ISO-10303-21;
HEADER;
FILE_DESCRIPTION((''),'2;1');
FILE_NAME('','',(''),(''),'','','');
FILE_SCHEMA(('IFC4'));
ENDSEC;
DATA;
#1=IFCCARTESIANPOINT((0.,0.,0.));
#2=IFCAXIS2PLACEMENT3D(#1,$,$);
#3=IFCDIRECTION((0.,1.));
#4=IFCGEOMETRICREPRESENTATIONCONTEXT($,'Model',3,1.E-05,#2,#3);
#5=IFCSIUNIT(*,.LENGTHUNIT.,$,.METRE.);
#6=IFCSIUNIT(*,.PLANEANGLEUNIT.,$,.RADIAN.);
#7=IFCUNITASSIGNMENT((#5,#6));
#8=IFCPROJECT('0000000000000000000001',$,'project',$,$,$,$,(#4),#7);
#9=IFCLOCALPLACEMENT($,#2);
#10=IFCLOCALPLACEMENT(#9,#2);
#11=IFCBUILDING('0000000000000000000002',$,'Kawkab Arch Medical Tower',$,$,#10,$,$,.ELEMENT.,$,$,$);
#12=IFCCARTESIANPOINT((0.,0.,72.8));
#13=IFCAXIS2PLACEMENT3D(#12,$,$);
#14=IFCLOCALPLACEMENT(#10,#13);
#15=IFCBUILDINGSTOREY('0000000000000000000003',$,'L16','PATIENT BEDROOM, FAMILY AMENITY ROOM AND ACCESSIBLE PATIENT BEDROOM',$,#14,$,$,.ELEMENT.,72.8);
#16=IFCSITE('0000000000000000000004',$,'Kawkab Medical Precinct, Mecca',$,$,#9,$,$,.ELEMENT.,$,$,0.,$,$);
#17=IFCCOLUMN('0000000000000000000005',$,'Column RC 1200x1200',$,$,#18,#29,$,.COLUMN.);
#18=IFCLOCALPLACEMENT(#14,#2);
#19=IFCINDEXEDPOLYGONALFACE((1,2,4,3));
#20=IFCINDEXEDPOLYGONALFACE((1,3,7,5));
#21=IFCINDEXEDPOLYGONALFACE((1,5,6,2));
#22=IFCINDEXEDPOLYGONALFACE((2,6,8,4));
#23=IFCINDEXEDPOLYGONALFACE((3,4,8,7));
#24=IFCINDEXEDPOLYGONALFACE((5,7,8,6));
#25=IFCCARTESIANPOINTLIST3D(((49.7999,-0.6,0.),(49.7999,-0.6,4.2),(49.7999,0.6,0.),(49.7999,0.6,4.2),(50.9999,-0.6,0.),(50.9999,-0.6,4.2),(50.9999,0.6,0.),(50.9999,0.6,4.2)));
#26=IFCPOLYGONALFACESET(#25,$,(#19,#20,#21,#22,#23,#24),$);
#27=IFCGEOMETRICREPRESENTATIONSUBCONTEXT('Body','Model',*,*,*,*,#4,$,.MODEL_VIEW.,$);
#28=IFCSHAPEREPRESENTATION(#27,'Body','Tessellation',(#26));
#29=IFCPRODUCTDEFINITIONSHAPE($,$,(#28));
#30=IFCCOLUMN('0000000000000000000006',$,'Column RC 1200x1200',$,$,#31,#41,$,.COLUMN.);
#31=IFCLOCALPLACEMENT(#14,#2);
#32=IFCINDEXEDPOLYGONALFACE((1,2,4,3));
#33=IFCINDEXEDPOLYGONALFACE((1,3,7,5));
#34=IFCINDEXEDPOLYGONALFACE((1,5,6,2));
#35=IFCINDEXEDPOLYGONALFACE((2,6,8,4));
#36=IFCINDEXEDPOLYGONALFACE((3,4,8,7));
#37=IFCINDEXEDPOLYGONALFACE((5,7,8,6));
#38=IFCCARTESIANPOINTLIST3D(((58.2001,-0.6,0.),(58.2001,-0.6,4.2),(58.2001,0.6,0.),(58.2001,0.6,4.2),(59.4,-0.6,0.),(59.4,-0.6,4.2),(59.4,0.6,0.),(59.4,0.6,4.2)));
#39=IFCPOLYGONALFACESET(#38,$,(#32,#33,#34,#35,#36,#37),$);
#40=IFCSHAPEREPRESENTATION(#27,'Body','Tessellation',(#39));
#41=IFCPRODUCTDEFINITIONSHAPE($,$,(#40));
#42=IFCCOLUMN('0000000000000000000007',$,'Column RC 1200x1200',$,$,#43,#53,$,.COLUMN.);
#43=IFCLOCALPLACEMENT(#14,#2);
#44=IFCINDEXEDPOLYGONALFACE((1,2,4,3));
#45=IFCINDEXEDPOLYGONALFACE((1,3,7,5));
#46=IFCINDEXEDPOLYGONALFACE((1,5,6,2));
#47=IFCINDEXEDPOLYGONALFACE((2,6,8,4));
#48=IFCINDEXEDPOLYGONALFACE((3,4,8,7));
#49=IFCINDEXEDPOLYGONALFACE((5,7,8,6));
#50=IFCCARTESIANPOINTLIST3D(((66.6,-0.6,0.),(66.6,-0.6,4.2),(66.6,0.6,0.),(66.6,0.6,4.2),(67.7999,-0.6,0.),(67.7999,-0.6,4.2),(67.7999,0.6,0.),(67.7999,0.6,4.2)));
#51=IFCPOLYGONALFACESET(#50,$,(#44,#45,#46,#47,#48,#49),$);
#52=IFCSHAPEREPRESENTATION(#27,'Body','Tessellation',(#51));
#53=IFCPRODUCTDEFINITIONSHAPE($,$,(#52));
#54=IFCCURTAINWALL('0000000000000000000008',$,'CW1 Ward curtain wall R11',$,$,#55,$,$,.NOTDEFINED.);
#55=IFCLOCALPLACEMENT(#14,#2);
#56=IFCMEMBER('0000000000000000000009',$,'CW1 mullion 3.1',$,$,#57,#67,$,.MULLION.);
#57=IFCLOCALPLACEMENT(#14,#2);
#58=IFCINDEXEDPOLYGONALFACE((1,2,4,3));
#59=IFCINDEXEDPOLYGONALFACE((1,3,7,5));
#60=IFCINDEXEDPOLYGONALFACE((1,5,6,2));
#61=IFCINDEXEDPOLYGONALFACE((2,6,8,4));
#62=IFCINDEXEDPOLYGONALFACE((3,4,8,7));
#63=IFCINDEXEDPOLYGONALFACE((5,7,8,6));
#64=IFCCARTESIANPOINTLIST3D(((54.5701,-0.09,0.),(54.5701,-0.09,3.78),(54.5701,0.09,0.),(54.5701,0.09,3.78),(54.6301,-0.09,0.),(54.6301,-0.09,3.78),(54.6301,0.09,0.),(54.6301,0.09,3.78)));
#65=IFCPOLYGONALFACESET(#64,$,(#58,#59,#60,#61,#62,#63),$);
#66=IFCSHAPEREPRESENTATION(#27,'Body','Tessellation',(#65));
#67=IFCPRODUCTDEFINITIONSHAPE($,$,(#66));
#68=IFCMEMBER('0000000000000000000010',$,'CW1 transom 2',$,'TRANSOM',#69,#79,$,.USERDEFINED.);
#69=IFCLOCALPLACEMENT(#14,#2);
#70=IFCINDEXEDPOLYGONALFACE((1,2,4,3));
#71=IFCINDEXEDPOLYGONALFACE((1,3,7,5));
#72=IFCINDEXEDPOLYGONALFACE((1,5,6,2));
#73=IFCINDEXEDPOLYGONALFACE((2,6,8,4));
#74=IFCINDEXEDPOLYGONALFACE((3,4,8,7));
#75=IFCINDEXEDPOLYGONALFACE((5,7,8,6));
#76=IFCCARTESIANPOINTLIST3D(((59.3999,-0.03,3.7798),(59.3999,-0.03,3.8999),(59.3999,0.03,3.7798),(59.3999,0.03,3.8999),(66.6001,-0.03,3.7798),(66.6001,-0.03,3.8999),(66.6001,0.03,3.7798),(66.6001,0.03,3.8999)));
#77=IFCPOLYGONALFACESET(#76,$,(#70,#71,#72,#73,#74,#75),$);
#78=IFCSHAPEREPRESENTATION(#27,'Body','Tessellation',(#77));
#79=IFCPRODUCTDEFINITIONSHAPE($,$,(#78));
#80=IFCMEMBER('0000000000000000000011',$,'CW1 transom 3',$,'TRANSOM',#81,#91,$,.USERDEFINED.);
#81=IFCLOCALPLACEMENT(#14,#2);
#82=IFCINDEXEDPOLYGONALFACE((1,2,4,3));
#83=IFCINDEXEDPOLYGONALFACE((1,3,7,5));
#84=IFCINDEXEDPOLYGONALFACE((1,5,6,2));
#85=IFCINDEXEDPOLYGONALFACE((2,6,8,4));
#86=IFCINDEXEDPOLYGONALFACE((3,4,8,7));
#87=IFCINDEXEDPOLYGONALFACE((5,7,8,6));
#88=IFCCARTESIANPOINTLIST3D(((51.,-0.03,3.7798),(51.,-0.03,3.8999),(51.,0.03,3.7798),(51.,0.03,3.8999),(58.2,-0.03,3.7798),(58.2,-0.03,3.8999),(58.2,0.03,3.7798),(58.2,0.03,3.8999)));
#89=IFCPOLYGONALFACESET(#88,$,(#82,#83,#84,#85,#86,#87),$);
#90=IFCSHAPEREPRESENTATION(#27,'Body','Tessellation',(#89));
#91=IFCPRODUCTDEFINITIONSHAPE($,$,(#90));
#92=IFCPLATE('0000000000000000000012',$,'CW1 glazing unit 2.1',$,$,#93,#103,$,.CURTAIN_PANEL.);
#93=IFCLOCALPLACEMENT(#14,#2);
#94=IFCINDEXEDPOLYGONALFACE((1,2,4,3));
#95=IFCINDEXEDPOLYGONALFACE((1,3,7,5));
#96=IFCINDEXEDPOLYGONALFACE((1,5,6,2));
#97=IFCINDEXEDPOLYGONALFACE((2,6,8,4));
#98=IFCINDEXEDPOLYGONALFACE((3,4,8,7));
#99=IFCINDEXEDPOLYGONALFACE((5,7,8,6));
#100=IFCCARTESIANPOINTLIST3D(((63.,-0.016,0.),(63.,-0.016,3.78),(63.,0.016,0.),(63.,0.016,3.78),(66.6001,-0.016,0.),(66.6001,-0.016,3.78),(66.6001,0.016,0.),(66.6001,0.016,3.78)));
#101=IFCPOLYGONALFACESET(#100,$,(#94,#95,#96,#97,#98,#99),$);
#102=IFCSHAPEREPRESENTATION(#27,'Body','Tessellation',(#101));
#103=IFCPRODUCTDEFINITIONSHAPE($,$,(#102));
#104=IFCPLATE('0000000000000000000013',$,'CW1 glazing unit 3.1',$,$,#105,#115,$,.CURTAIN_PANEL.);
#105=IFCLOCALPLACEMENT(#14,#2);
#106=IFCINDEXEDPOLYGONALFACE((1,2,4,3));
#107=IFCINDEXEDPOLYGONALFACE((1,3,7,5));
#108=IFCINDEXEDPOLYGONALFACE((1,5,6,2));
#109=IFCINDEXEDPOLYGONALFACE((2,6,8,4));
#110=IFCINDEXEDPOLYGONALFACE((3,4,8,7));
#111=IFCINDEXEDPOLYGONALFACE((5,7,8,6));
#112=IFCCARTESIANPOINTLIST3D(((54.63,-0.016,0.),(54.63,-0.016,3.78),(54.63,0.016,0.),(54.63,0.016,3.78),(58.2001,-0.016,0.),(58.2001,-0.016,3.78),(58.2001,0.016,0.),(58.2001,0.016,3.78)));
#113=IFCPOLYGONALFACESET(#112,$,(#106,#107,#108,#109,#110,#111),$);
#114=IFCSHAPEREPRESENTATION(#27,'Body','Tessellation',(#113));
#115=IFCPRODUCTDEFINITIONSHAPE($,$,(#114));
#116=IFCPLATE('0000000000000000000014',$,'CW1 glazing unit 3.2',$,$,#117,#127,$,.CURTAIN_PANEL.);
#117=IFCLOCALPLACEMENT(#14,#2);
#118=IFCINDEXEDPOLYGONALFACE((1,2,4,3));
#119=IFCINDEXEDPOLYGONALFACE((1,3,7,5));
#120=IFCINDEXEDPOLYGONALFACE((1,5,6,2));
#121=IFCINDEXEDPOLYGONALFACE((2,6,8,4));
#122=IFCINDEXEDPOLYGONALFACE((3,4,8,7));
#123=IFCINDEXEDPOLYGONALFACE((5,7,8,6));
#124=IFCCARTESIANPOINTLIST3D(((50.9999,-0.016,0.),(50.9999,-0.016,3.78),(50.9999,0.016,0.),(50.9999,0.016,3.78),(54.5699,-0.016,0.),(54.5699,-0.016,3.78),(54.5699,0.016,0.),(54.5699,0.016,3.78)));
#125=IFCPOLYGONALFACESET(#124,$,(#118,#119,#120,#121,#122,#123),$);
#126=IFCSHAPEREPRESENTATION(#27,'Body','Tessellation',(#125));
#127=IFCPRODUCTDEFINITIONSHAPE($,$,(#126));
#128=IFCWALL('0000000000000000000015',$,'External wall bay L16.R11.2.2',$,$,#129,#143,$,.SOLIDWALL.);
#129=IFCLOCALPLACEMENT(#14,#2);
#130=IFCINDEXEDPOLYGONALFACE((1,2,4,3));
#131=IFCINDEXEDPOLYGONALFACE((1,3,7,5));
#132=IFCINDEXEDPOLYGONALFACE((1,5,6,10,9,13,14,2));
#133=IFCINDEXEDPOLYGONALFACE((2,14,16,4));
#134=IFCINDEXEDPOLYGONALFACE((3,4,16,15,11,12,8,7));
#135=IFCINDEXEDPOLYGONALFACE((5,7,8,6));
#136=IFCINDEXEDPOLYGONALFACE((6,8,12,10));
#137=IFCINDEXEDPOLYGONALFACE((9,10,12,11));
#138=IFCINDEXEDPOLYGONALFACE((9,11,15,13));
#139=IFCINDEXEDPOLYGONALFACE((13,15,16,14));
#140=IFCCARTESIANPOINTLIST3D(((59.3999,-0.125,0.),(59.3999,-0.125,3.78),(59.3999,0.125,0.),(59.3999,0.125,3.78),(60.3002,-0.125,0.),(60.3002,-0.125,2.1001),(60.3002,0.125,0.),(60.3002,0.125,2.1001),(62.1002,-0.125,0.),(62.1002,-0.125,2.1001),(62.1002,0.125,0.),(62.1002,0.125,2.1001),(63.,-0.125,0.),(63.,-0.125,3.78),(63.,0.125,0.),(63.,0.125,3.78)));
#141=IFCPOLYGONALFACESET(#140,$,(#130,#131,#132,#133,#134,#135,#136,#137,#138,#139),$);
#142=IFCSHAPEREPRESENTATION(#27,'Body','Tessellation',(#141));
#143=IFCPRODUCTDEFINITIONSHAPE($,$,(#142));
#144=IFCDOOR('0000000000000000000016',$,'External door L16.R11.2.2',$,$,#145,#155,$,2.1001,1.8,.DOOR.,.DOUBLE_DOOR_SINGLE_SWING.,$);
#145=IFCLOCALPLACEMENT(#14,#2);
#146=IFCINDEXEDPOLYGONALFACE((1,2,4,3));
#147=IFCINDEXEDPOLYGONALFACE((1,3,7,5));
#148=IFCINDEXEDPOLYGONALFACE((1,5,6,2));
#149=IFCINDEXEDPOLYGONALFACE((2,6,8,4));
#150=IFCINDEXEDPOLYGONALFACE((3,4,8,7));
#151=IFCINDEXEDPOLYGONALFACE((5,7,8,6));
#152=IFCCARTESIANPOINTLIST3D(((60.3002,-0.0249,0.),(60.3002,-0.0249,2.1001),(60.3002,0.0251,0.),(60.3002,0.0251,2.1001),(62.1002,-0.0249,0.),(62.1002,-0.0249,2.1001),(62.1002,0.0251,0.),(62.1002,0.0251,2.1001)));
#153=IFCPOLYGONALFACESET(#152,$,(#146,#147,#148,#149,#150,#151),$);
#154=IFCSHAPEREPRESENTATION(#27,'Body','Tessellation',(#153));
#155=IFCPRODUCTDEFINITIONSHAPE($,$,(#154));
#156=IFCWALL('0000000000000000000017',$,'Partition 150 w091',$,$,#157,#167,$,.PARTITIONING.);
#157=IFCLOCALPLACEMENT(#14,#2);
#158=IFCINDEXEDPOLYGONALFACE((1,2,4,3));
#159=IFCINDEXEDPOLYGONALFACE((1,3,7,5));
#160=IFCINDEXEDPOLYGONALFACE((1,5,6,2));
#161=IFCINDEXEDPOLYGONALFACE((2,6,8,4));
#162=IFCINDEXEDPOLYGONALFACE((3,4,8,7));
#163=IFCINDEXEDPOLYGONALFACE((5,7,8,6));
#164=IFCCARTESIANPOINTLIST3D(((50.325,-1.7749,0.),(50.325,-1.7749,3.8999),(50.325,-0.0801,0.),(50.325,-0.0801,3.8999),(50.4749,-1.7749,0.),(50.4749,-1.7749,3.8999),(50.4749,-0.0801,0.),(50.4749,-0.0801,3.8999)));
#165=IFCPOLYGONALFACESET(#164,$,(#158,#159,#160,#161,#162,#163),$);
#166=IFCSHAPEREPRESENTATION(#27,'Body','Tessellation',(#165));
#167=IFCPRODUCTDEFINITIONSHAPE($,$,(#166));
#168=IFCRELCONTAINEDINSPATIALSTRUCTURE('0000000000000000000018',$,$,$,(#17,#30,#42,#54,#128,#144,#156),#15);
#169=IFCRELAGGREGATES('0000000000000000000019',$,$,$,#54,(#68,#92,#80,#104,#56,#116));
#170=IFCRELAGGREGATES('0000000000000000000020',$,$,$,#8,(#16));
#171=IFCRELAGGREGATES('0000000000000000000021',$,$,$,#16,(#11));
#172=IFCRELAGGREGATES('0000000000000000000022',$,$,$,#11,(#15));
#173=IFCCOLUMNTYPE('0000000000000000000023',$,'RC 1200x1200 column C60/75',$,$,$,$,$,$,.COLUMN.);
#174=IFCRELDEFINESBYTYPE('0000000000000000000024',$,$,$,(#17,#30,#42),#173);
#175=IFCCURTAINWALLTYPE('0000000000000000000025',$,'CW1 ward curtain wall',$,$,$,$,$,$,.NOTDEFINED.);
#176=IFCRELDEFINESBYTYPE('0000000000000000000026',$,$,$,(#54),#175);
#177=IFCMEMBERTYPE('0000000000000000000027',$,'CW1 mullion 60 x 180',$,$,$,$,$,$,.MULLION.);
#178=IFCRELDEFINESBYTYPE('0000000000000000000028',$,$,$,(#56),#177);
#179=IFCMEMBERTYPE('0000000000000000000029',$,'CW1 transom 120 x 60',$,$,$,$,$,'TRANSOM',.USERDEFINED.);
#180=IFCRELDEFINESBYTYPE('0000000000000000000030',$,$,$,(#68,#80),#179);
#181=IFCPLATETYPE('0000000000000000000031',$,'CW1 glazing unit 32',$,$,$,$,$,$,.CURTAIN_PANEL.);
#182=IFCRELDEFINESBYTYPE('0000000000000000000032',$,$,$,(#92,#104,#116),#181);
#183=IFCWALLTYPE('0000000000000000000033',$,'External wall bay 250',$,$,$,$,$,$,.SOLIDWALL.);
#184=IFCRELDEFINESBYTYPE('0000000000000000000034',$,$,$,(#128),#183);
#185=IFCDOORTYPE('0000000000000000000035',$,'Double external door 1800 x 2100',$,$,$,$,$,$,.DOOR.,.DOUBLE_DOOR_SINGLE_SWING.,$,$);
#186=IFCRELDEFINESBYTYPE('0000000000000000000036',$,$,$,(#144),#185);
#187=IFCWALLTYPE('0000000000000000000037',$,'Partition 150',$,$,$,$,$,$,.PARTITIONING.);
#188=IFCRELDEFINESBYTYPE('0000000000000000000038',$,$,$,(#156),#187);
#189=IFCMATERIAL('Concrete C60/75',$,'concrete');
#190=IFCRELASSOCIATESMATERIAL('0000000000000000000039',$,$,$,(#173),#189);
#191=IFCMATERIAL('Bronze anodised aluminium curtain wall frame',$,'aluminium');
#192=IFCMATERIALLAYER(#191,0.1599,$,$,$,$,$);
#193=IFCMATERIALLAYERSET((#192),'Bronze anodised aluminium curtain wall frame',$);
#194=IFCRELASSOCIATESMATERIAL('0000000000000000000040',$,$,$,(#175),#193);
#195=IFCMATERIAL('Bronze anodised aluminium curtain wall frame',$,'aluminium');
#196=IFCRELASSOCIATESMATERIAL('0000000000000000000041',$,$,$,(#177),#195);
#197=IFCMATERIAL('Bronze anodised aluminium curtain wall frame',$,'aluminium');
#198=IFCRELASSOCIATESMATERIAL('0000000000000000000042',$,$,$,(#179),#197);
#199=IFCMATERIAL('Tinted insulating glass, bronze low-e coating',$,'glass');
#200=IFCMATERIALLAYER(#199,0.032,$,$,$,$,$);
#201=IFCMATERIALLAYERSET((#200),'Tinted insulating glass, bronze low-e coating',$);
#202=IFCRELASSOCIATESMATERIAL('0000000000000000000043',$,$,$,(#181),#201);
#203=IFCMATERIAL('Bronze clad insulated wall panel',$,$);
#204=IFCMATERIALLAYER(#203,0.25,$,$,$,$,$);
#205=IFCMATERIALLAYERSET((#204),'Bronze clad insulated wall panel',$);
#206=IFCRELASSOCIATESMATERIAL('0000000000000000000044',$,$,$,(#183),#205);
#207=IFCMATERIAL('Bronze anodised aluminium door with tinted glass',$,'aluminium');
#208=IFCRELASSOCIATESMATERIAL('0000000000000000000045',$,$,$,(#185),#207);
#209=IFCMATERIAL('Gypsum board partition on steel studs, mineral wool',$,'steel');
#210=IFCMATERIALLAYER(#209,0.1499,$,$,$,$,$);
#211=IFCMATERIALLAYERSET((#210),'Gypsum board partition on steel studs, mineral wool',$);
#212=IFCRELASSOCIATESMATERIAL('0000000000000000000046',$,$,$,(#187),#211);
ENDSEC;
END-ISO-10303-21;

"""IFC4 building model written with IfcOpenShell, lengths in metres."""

from ifc_helpers import new_model, si_unit, direction, frame, frame_2d, origin, origin_2d, place, context, subcontext, project, spatial, rectangle, extrude, material, layer, layer_set, material_profile, profile_set, type_object, element, fill, aggregate, save


model = new_model("IFC4")

# Units and contexts
model_context = context("Model", 3, precision=1e-05, world=origin(), true_north=direction((0.0, 1.0)))
body_context = subcontext(model_context, "Body", "Model", "MODEL_VIEW")
ifc_project = project(units=[si_unit("LENGTHUNIT", "METRE"), si_unit("PLANEANGLEUNIT", "RADIAN")], contexts=[model_context])

# Site, building, storey
site_placement = place(None, origin())
site = spatial("IfcSite", under=ifc_project, at=site_placement, Name="Kawkab Medical Precinct, Mecca", CompositionType="ELEMENT", RefElevation=0.0)
building_placement = place(site_placement, origin())
building = spatial("IfcBuilding", under=site, at=building_placement, Name="Kawkab Arch Medical Tower", CompositionType="ELEMENT")
storey_placement = place(building_placement, frame((0.0, 0.0, 72.8)))
storey = spatial("IfcBuildingStorey", under=building, at=storey_placement, Name="L16", Description="PATIENT BEDROOM, FAMILY AMENITY ROOM AND ACCESSIBLE PATIENT BEDROOM", CompositionType="ELEMENT", Elevation=72.8)

# Columns
ifc_material_1 = material(Name="Concrete C60/75", Category="concrete")
ifc_material_profile_1 = material_profile(ifc_material_1, rectangle(XDim=1.2, YDim=1.2, at=origin_2d()), Name="RC 1200x1200")
ifc_profile_set_1 = profile_set([ifc_material_profile_1], Name="Concrete C60/75")
column_type = type_object("IfcColumnType", Name="RC 1200x1200 column C60/75", PredefinedType="COLUMN", material=ifc_profile_set_1)
for number, where, z_axis, x_axis, name in (
    (1, (50.3999, 0.0, 0.0), (0.0, 0.0, 1.0), (1.0, 0.0, 0.0), "Column RC 1200x1200"),
    (2, (58.8, 0.0, 0.0), (0.0, 0.0, 1.0), (1.0, 0.0, 0.0), "Column RC 1200x1200"),
    (3, (67.2, 0.0, 0.0), (0.0, 0.0, 1.0), (1.0, 0.0, 0.0), "Column RC 1200x1200"),
):
    element("IfcColumn", number, at=place(storey_placement, frame(where, z_axis=z_axis, x_axis=x_axis)), inside=storey, type_object=column_type, Name=name, PredefinedType="COLUMN", context=body_context, shape_type="SweptSolid", body=[
        extrude(rectangle(XDim=1.2, YDim=1.2, at=origin_2d()), origin(), (0.0, 0.0, 1.0), 4.2),
    ])

# Curtain wall, members, plates
ifc_material_2 = material(Name="Bronze anodised aluminium curtain wall frame", Category="aluminium")
ifc_layer_1 = layer(ifc_material_2, 0.1599)
ifc_layer_set_1 = layer_set([ifc_layer_1], Name="Bronze anodised aluminium curtain wall frame")
curtain_wall_type = type_object("IfcCurtainWallType", Name="CW1 ward curtain wall", PredefinedType="NOTDEFINED", material=ifc_layer_set_1)
curtain_wall_placement = place(storey_placement, origin())
curtain_wall = element("IfcCurtainWall", 4, at=curtain_wall_placement, inside=storey, type_object=curtain_wall_type, Name="CW1 Ward curtain wall R11", PredefinedType="NOTDEFINED")
ifc_material_3 = material(Name="Bronze anodised aluminium curtain wall frame", Category="aluminium")
ifc_material_profile_2 = material_profile(ifc_material_3, rectangle(XDim=0.1799, YDim=0.0601, at=origin_2d()), Name="AL 60x180")
ifc_profile_set_2 = profile_set([ifc_material_profile_2], Name="Bronze anodised aluminium curtain wall frame")
member_type_1 = type_object("IfcMemberType", Name="CW1 mullion 60 x 180", PredefinedType="MULLION", material=ifc_profile_set_2)
member_1_placement = place(storey_placement, frame((54.6001, 0.0, 0.0), z_axis=(0.0, 0.0, 1.0), x_axis=(0.0, -1.0, 0.0)))
member_1 = element("IfcMember", 5, at=member_1_placement, type_object=member_type_1, Name="CW1 mullion 3.1", PredefinedType="MULLION", context=body_context, shape_type="SweptSolid", body=[
    extrude(rectangle(XDim=0.1799, YDim=0.0601, at=origin_2d()), origin(), (0.0, 0.0, 1.0), 3.78),
])
ifc_material_4 = material(Name="Bronze anodised aluminium curtain wall frame", Category="aluminium")
ifc_material_profile_3 = material_profile(ifc_material_4, rectangle(XDim=0.0601, YDim=0.1201, at=origin_2d()), Name="AL 60x120")
ifc_profile_set_3 = profile_set([ifc_material_profile_3], Name="Bronze anodised aluminium curtain wall frame")
member_type_2 = type_object("IfcMemberType", Name="CW1 transom 120 x 60", ElementType="TRANSOM", PredefinedType="USERDEFINED", material=ifc_profile_set_3)
member_2_placement = place(storey_placement, frame((66.6001, 0.0, 3.8398), z_axis=(-1.0, 0.0, 0.0), x_axis=(0.0, -1.0, 0.0)))
member_2 = element("IfcMember", 6, at=member_2_placement, type_object=member_type_2, Name="CW1 transom 2", ObjectType="TRANSOM", PredefinedType="USERDEFINED", context=body_context, shape_type="SweptSolid", body=[
    extrude(rectangle(XDim=0.0601, YDim=0.1201, at=origin_2d()), origin(), (0.0, 0.0, 1.0), 7.2002),
])
member_3_placement = place(storey_placement, frame((58.2, 0.0, 3.8398), z_axis=(-1.0, 0.0, 0.0), x_axis=(0.0, -1.0, 0.0)))
member_3 = element("IfcMember", 7, at=member_3_placement, type_object=member_type_2, Name="CW1 transom 3", ObjectType="TRANSOM", PredefinedType="USERDEFINED", context=body_context, shape_type="SweptSolid", body=[
    extrude(rectangle(XDim=0.0601, YDim=0.1201, at=origin_2d()), origin(), (0.0, 0.0, 1.0), 7.2),
])
ifc_material_5 = material(Name="Tinted insulating glass, bronze low-e coating", Category="glass")
ifc_layer_2 = layer(ifc_material_5, 0.032)
ifc_layer_set_2 = layer_set([ifc_layer_2], Name="Tinted insulating glass, bronze low-e coating")
plate_type = type_object("IfcPlateType", Name="CW1 glazing unit 32", PredefinedType="CURTAIN_PANEL", material=ifc_layer_set_2)
plate_1_placement = place(storey_placement, frame((64.8, 0.0, 0.0), z_axis=(0.0, 0.0, 1.0), x_axis=(-1.0, 0.0, 0.0)))
plate_1 = element("IfcPlate", 8, at=plate_1_placement, type_object=plate_type, Name="CW1 glazing unit 2.1", PredefinedType="CURTAIN_PANEL", context=body_context, shape_type="SweptSolid", body=[
    extrude(rectangle(XDim=3.6001, YDim=0.032, at=origin_2d()), origin(), (0.0, 0.0, 1.0), 3.78),
])
plate_2_placement = place(storey_placement, frame((56.415, 0.0, 0.0), z_axis=(0.0, 0.0, 1.0), x_axis=(-1.0, 0.0, 0.0)))
plate_2 = element("IfcPlate", 9, at=plate_2_placement, type_object=plate_type, Name="CW1 glazing unit 3.1", PredefinedType="CURTAIN_PANEL", context=body_context, shape_type="SweptSolid", body=[
    extrude(rectangle(XDim=3.5701, YDim=0.032, at=origin_2d()), origin(), (0.0, 0.0, 1.0), 3.78),
])
plate_3_placement = place(storey_placement, frame((52.7849, 0.0, 0.0), z_axis=(0.0, 0.0, 1.0), x_axis=(-1.0, 0.0, 0.0)))
plate_3 = element("IfcPlate", 10, at=plate_3_placement, type_object=plate_type, Name="CW1 glazing unit 3.2", PredefinedType="CURTAIN_PANEL", context=body_context, shape_type="SweptSolid", body=[
    extrude(rectangle(XDim=3.5701, YDim=0.032, at=origin_2d()), origin(), (0.0, 0.0, 1.0), 3.78),
])
aggregate(curtain_wall, [member_2, plate_1, member_3, plate_2, member_1, plate_3])

# Wall, opening, door
ifc_material_6 = material(Name="Bronze clad insulated wall panel")
ifc_layer_3 = layer(ifc_material_6, 0.25)
ifc_layer_set_3 = layer_set([ifc_layer_3], Name="Bronze clad insulated wall panel")
wall_type_1 = type_object("IfcWallType", Name="External wall bay 250", PredefinedType="SOLIDWALL", material=ifc_layer_set_3)
wall_1_placement = place(storey_placement, frame((63.0, 0.0, 0.0), z_axis=(0.0, 0.0, 1.0), x_axis=(-1.0, 0.0, 0.0)))
wall_1 = element("IfcWall", 11, at=wall_1_placement, inside=storey, type_object=wall_type_1, Name="External wall bay L16.R11.2.2", PredefinedType="SOLIDWALL", context=body_context, shape_type="SweptSolid", body=[
    extrude(rectangle(XDim=3.6001, YDim=0.25, at=frame_2d((1.8, 0.0))), origin(), (0.0, 0.0, 1.0), 3.78),
])
opening_placement = place(wall_1_placement, frame((0.8999, 0.0, 0.0)))
opening = element("IfcOpeningElement", 12, at=opening_placement, cuts=wall_1, PredefinedType="OPENING", context=body_context, shape_type="SweptSolid", body=[
    extrude(rectangle(XDim=1.8, YDim=2.1001, at=frame_2d((0.8999, 1.05))), frame((0.0, 0.135, 0.0), z_axis=(0.0, -1.0, 0.0), x_axis=(1.0, 0.0, 0.0)), (0.0, 0.0, 1.0), 0.27),
])
ifc_material_7 = material(Name="Bronze anodised aluminium door with tinted glass", Category="aluminium")
door_type = type_object("IfcDoorType", Name="Double external door 1800 x 2100", OperationType="DOUBLE_DOOR_SINGLE_SWING", PredefinedType="DOOR", material=ifc_material_7)
door_placement = place(opening_placement, origin())
door = element("IfcDoor", 13, at=door_placement, inside=storey, type_object=door_type, Name="External door L16.R11.2.2", OperationType="DOUBLE_DOOR_SINGLE_SWING", OverallHeight=2.1001, OverallWidth=1.8, PredefinedType="DOOR", context=body_context, shape_type="SweptSolid", body=[
    extrude(rectangle(XDim=1.8, YDim=2.1001, at=frame_2d((0.8999, 1.05))), frame((0.0, 0.0249, 0.0), z_axis=(0.0, -1.0, 0.0), x_axis=(1.0, 0.0, 0.0)), (0.0, 0.0, 1.0), 0.05),
])
fill(opening, door)

# Wall
ifc_material_8 = material(Name="Gypsum board partition on steel studs, mineral wool", Category="steel")
ifc_layer_4 = layer(ifc_material_8, 0.1499)
ifc_layer_set_4 = layer_set([ifc_layer_4], Name="Gypsum board partition on steel studs, mineral wool")
wall_type_2 = type_object("IfcWallType", Name="Partition 150", PredefinedType="PARTITIONING", material=ifc_layer_set_4)
wall_2_placement = place(storey_placement, frame((50.3999, -1.7749, 0.0), z_axis=(0.0, 0.0, 1.0), x_axis=(0.0, 1.0, 0.0)))
element("IfcWall", 14, at=wall_2_placement, inside=storey, type_object=wall_type_2, Name="Partition 150 w091", PredefinedType="PARTITIONING", context=body_context, shape_type="SweptSolid", body=[
    extrude(rectangle(XDim=1.6948, YDim=0.1499, at=frame_2d((0.8474, 0.0))), origin(), (0.0, 0.0, 1.0), 3.8999),
])

save(model, "model.ifc")
